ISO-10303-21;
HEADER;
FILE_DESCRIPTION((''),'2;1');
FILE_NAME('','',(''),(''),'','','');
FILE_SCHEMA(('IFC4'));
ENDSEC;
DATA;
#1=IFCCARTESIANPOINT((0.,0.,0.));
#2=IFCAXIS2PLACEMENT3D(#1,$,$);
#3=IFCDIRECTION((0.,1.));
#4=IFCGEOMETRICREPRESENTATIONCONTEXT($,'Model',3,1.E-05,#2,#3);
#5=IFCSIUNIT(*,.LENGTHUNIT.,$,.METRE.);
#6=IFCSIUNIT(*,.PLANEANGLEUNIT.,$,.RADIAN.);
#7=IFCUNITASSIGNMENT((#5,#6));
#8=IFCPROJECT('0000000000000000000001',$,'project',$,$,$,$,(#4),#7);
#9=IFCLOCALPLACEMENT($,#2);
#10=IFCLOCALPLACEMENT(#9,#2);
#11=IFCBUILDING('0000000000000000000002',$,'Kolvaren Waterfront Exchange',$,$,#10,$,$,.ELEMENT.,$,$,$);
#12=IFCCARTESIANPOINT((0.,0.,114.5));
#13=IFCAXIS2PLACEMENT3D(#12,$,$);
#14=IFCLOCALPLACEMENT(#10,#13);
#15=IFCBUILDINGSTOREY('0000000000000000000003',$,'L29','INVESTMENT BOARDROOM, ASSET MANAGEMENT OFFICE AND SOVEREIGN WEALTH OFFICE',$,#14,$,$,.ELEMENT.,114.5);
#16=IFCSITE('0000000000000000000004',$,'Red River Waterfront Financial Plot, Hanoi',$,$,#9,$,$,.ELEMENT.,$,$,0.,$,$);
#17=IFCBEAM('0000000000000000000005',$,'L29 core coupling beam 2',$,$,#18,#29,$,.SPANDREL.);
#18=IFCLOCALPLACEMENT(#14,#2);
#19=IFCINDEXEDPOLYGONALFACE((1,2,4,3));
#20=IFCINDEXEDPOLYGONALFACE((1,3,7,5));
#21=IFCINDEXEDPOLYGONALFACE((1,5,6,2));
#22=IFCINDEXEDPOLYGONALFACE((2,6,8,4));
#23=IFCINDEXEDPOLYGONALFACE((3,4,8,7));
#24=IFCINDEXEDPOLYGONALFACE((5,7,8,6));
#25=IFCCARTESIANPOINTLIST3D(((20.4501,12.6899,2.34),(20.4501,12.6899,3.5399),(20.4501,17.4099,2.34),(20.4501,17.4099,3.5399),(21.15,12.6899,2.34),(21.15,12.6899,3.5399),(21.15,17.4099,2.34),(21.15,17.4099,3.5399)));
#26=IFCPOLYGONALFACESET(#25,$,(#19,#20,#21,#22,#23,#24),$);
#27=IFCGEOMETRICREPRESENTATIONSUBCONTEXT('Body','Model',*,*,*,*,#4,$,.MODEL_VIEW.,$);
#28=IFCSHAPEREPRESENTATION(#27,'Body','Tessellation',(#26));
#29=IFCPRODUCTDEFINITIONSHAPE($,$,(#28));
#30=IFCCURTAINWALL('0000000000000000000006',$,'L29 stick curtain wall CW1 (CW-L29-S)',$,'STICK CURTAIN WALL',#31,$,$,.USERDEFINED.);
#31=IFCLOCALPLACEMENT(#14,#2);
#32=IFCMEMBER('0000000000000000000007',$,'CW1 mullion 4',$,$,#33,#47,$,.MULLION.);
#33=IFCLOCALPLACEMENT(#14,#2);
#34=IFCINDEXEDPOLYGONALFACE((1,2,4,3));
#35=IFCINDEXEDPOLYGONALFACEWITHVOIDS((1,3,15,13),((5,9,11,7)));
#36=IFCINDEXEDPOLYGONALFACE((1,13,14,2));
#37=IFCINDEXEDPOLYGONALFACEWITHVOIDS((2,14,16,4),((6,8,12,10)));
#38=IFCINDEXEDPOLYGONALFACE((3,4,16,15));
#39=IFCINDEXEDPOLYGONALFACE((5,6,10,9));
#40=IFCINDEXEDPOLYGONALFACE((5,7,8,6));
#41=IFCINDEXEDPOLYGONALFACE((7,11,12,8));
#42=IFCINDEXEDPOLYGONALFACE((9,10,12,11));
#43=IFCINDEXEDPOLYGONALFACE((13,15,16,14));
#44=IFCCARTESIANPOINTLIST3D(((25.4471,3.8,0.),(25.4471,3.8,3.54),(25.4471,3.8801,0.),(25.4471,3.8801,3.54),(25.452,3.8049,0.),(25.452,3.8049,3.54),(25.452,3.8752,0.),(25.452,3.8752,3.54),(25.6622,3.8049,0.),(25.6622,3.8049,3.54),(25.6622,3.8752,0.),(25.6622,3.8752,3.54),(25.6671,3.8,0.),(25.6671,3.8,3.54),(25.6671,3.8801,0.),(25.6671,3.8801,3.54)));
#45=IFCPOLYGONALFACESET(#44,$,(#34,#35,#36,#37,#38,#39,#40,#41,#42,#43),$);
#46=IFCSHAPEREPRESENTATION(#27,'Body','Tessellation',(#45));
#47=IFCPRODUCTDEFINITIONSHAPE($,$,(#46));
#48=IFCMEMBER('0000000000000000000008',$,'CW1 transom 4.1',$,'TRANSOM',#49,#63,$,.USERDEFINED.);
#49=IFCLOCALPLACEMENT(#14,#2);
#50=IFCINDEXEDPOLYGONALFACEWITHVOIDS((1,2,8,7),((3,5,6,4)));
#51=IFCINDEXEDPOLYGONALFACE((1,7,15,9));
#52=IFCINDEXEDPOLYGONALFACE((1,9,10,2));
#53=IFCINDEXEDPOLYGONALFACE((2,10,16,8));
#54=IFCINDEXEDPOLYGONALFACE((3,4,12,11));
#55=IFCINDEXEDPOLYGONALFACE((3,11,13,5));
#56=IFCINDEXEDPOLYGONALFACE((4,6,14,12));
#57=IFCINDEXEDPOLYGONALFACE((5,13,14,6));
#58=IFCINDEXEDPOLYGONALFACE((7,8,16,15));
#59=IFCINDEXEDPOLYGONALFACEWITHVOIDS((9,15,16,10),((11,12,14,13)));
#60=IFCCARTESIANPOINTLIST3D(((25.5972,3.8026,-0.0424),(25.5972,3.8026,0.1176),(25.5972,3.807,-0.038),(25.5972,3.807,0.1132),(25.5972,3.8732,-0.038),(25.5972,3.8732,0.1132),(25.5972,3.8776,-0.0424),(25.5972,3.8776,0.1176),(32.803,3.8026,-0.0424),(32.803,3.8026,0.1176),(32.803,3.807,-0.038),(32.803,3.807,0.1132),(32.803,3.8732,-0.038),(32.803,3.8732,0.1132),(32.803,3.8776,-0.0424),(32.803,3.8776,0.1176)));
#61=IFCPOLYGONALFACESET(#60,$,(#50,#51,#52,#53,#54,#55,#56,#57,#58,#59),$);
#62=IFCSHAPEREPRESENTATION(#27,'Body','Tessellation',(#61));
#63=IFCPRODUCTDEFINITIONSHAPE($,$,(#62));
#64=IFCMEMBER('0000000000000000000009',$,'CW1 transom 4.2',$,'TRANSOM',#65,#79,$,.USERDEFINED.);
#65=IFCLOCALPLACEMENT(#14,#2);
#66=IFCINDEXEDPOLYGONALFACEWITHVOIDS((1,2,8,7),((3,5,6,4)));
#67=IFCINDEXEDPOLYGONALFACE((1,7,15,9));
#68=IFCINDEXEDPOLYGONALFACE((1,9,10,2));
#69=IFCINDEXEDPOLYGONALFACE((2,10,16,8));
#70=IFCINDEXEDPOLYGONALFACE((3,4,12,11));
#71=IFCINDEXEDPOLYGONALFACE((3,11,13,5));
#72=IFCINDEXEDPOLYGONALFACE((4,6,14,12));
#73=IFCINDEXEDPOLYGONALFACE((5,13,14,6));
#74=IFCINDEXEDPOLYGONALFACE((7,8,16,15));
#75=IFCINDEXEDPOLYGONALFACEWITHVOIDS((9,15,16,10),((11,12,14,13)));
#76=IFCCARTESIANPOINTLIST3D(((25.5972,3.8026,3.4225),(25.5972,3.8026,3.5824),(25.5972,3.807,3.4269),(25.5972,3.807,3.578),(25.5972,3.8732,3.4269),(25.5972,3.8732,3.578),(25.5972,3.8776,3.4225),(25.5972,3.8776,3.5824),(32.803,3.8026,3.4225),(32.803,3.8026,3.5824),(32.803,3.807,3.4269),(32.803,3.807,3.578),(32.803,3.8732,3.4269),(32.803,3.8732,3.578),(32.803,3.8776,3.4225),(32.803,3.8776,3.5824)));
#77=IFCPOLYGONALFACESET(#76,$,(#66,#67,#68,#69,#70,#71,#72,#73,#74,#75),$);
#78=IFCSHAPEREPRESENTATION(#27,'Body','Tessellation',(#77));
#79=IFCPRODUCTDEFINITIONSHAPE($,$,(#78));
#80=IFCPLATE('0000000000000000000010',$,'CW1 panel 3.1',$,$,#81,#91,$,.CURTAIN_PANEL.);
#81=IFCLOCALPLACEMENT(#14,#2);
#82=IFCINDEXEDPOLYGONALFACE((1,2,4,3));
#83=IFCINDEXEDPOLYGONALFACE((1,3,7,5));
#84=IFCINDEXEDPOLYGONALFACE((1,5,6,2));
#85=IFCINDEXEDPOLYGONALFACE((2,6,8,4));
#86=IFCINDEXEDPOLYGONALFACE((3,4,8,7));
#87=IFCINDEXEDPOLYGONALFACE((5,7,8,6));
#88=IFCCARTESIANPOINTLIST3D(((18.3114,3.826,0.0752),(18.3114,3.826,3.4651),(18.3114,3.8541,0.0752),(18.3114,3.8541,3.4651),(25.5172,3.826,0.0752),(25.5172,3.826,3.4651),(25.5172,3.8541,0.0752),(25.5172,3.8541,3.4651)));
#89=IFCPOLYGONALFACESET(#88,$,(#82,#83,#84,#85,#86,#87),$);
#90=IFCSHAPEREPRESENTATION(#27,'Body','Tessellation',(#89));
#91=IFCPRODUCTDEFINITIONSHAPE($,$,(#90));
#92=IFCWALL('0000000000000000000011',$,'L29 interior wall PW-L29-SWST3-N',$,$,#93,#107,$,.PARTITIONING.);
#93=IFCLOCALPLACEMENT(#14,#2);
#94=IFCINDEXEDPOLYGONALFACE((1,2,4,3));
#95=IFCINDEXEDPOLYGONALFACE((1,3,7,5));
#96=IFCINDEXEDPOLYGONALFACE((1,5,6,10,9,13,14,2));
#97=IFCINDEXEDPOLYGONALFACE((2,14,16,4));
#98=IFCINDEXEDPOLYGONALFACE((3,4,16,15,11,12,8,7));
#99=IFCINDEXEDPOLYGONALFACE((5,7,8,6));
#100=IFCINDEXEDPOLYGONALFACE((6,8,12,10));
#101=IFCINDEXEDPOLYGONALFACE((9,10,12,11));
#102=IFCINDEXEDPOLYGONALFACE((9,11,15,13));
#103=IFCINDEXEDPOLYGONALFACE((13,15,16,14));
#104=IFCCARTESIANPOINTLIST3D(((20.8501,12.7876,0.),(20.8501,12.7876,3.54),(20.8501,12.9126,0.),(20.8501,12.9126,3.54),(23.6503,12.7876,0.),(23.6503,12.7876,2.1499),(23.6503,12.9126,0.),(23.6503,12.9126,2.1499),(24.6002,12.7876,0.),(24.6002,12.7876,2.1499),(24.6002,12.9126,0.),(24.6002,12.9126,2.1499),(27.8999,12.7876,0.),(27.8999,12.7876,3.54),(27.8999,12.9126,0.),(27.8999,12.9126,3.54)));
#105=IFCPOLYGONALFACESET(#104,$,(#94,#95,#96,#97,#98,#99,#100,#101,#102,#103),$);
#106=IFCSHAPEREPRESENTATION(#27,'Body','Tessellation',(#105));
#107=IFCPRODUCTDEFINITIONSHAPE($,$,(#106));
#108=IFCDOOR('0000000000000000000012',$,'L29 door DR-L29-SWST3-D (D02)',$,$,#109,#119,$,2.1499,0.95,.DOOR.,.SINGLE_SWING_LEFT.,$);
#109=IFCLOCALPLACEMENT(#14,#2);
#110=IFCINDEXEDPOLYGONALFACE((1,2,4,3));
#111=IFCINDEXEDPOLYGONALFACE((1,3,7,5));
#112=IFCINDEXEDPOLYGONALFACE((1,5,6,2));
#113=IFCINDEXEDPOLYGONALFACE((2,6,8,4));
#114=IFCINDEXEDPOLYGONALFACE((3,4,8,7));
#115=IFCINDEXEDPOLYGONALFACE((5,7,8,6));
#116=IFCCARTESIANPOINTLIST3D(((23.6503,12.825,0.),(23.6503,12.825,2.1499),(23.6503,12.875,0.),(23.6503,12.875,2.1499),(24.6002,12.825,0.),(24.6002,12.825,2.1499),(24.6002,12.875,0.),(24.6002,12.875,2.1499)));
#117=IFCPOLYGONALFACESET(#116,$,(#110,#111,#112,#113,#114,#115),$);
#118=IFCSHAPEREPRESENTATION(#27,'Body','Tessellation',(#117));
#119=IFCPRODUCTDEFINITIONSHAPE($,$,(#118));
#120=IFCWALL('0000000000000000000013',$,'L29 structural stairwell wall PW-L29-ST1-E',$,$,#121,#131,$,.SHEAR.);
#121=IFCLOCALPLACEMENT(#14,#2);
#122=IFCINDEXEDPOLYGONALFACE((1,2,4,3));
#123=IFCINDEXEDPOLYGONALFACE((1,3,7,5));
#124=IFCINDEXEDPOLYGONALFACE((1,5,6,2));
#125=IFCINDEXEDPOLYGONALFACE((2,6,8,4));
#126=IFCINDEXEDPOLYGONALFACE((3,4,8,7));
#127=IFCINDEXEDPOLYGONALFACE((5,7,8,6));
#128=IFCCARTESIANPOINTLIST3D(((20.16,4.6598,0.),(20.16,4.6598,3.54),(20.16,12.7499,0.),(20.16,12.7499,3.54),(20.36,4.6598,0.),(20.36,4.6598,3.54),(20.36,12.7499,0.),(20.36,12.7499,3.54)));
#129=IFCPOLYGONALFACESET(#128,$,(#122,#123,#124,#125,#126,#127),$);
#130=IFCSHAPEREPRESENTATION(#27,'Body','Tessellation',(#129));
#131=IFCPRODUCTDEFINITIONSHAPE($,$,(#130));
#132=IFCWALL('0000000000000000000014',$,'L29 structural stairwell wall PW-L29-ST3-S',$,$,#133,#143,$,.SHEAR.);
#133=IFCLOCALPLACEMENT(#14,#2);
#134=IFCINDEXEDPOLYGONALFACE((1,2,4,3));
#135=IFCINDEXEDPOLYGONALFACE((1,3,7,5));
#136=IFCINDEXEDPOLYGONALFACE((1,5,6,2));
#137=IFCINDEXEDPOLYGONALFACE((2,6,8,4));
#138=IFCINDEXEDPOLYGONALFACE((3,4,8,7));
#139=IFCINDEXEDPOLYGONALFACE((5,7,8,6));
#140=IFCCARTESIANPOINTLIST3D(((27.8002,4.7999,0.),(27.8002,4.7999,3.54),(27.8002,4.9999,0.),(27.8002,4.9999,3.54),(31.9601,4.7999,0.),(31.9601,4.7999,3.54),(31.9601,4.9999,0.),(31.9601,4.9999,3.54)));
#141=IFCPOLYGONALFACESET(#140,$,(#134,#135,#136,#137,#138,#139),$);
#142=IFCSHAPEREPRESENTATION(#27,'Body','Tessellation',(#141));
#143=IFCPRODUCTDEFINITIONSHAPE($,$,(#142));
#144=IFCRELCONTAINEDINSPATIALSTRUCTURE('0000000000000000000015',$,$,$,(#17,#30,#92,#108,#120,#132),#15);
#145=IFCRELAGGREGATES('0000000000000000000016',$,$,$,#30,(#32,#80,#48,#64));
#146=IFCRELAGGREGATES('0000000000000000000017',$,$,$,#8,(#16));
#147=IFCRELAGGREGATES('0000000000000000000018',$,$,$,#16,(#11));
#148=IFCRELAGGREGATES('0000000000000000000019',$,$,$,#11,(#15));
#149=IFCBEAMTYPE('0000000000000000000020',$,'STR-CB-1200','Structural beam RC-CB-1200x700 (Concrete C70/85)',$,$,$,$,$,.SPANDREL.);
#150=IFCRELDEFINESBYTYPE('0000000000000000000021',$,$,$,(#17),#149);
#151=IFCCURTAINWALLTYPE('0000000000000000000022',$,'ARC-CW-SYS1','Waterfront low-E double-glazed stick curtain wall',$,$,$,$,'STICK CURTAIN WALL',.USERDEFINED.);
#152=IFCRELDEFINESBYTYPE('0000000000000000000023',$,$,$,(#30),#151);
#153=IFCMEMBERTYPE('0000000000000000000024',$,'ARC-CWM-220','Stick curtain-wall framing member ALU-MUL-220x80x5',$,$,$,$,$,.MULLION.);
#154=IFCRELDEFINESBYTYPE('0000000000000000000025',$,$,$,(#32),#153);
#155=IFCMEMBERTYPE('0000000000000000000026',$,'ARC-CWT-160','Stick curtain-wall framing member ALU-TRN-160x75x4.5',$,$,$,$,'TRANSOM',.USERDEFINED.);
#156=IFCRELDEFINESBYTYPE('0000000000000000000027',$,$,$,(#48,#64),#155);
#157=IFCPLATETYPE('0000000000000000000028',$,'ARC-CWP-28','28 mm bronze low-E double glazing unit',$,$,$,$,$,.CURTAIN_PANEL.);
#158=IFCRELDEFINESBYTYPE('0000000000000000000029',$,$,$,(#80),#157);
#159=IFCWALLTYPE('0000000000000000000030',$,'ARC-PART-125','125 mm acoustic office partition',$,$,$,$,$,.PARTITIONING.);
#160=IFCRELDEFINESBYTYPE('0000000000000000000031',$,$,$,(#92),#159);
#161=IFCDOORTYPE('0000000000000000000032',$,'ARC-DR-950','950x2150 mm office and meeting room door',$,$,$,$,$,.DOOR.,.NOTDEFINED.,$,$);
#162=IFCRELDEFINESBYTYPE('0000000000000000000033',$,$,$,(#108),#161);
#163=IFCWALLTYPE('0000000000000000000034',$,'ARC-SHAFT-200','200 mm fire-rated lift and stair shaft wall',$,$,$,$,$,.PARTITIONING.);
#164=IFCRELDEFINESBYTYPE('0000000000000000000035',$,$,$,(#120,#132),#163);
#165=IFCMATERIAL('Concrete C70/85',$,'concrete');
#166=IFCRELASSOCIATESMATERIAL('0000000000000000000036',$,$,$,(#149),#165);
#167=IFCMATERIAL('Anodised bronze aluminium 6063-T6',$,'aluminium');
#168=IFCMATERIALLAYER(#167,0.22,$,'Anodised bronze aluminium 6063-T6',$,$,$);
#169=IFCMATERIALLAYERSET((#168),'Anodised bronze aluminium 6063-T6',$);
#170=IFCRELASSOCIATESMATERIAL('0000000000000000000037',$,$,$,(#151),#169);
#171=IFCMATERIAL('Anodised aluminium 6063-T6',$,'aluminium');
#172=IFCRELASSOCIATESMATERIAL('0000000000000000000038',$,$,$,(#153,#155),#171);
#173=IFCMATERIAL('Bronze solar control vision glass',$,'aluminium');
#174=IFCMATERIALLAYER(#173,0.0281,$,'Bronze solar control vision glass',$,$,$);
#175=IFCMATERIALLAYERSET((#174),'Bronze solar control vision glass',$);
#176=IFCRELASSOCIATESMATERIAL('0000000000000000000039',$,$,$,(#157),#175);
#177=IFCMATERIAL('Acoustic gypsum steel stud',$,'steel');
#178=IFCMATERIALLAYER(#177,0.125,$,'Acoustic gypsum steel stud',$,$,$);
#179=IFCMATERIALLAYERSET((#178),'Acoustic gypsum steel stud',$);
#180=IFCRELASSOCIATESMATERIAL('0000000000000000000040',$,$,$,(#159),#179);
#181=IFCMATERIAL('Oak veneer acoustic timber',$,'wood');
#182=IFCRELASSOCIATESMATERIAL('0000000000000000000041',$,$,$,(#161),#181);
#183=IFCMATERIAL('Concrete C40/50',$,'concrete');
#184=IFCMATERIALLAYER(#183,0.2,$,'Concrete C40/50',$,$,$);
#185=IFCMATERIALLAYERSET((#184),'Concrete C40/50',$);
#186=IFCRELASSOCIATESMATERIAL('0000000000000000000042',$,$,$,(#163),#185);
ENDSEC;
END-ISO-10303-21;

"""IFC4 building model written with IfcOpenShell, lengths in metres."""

from ifc_helpers import new_model, si_unit, direction, frame, frame_2d, origin, origin_with_axes, origin_2d, place, context, subcontext, project, spatial, rectangle, hollow_rectangle, extrude, source, transform, mapped, material, layer, layer_set, material_profile, profile_set, type_object, element, fill, aggregate, save


model = new_model("IFC4")

# Units and contexts
model_context = context("Model", 3, precision=1e-05, world=origin(), true_north=direction((0.0, 1.0)))
body_context = subcontext(model_context, "Body", "Model", "MODEL_VIEW")
ifc_project = project(units=[si_unit("LENGTHUNIT", "METRE"), si_unit("PLANEANGLEUNIT", "RADIAN")], contexts=[model_context])

# Site, building, storey
site_placement = place(None, origin())
site = spatial("IfcSite", under=ifc_project, at=site_placement, Name="Red River Waterfront Financial Plot, Hanoi", CompositionType="ELEMENT", RefElevation=0.0)
building_placement = place(site_placement, origin())
building = spatial("IfcBuilding", under=site, at=building_placement, Name="Kolvaren Waterfront Exchange", CompositionType="ELEMENT")
storey_placement = place(building_placement, frame((0.0, 0.0, 114.5)))
storey = spatial("IfcBuildingStorey", under=building, at=storey_placement, Name="L29", Description="INVESTMENT BOARDROOM, ASSET MANAGEMENT OFFICE AND SOVEREIGN WEALTH OFFICE", CompositionType="ELEMENT", Elevation=114.5)

# Beam
ifc_material_1 = material(Name="Concrete C70/85", Category="concrete")
ifc_material_profile_1 = material_profile(ifc_material_1, rectangle(XDim=0.7, YDim=1.2, at=origin_2d()), Name="RC-CB-1200x700")
ifc_profile_set_1 = profile_set([ifc_material_profile_1], Name="Concrete C70/85")
beam_type_1 = type_object("IfcBeamType", Name="STR-CB-1200", Description="Structural beam RC-CB-1200x700 (Concrete C70/85)", PredefinedType="SPANDREL", material=ifc_profile_set_1)
beam_1_placement = place(storey_placement, frame((20.8, 12.6899, 2.9399), z_axis=(0.0, 1.0, 0.0), x_axis=(-1.0, 0.0, 0.0)))
element("IfcBeam", 1, at=beam_1_placement, inside=storey, type_object=beam_type_1, Name="L29 core coupling beam 2", PredefinedType="SPANDREL", context=body_context, shape_type="SweptSolid", body=[
    extrude(rectangle(XDim=0.7, YDim=1.2, at=origin_2d()), origin(), (0.0, 0.0, 1.0), 4.72),
])

# Curtain wall, members, plate
ifc_material_2 = material(Name="Anodised bronze aluminium 6063-T6", Category="aluminium")
ifc_layer_1 = layer(ifc_material_2, 0.22, Name="Anodised bronze aluminium 6063-T6")
ifc_layer_set_1 = layer_set([ifc_layer_1], Name="Anodised bronze aluminium 6063-T6")
curtain_wall_type = type_object("IfcCurtainWallType", Name="ARC-CW-SYS1", Description="Waterfront low-E double-glazed stick curtain wall", ElementType="STICK CURTAIN WALL", PredefinedType="USERDEFINED", material=ifc_layer_set_1)
curtain_wall_placement = place(storey_placement, origin())
curtain_wall = element("IfcCurtainWall", 2, at=curtain_wall_placement, inside=storey, type_object=curtain_wall_type, Name="L29 stick curtain wall CW1 (CW-L29-S)", ObjectType="STICK CURTAIN WALL", PredefinedType="USERDEFINED")
ifc_material_3 = material(Name="Anodised aluminium 6063-T6", Category="aluminium")
ifc_material_profile_2 = material_profile(ifc_material_3, hollow_rectangle(XDim=0.0801, YDim=0.22, WallThickness=0.0049, at=origin_2d()), Name="ALU-MUL-220x80x5")
ifc_profile_set_2 = profile_set([ifc_material_profile_2], Name="Anodised aluminium 6063-T6")
member_type_1 = type_object("IfcMemberType", Name="ARC-CWM-220", Description="Stick curtain-wall framing member ALU-MUL-220x80x5", PredefinedType="MULLION", material=ifc_profile_set_2)
shared_shape_1 = source(origin_with_axes(), body_context, "Body", "SweptSolid", [
    extrude(hollow_rectangle(XDim=0.0801, YDim=0.22, WallThickness=0.0049, at=origin_2d()), origin(), (0.0, 0.0, 1.0), 3.54),
])
member_1_placement = place(storey_placement, frame((25.5571, 3.8401, 0.0), z_axis=(0.0, 0.0, 1.0), x_axis=(0.0, 1.0, 0.0)))
member_1 = element("IfcMember", 3, at=member_1_placement, type_object=member_type_1, Name="CW1 mullion 4", PredefinedType="MULLION", context=body_context, shape_type="MappedRepresentation", body=[
    mapped(shared_shape_1, transform((0.0, 0.0, 0.0), x_axis=(1.0, 0.0, 0.0), y_axis=(0.0, 1.0, 0.0), z_axis=(0.0, 0.0, 1.0), scale=1.0)),
])
ifc_material_profile_3 = material_profile(ifc_material_3, hollow_rectangle(XDim=0.075, YDim=0.1599, WallThickness=0.0044, at=origin_2d()), Name="ALU-TRN-160x75x4.5")
ifc_profile_set_3 = profile_set([ifc_material_profile_3], Name="Anodised aluminium 6063-T6")
member_type_2 = type_object("IfcMemberType", Name="ARC-CWT-160", Description="Stick curtain-wall framing member ALU-TRN-160x75x4.5", ElementType="TRANSOM", PredefinedType="USERDEFINED", material=ifc_profile_set_3)
shared_shape_2 = source(origin_with_axes(), body_context, "Body", "SweptSolid", [
    extrude(hollow_rectangle(XDim=0.075, YDim=0.1599, WallThickness=0.0044, at=origin_2d()), origin(), (0.0, 0.0, 1.0), 7.2058),
])
member_2_placement = place(storey_placement, frame((25.5972, 3.8401, 0.0376), z_axis=(1.0, 0.0, 0.0), x_axis=(0.0, 1.0, 0.0)))
member_2 = element("IfcMember", 4, at=member_2_placement, type_object=member_type_2, Name="CW1 transom 4.1", ObjectType="TRANSOM", PredefinedType="USERDEFINED", context=body_context, shape_type="MappedRepresentation", body=[
    mapped(shared_shape_2, transform((0.0, 0.0, 0.0), x_axis=(1.0, 0.0, 0.0), y_axis=(0.0, 1.0, 0.0), z_axis=(0.0, 0.0, 1.0), scale=1.0)),
])
member_3_placement = place(storey_placement, frame((25.5972, 3.8401, 3.5024), z_axis=(1.0, 0.0, 0.0), x_axis=(0.0, 1.0, 0.0)))
member_3 = element("IfcMember", 5, at=member_3_placement, type_object=member_type_2, Name="CW1 transom 4.2", ObjectType="TRANSOM", PredefinedType="USERDEFINED", context=body_context, shape_type="MappedRepresentation", body=[
    mapped(shared_shape_2, transform((0.0, 0.0, 0.0), x_axis=(1.0, 0.0, 0.0), y_axis=(0.0, 1.0, 0.0), z_axis=(0.0, 0.0, 1.0), scale=1.0)),
])
ifc_material_4 = material(Name="Bronze solar control vision glass", Category="aluminium")
ifc_layer_2 = layer(ifc_material_4, 0.0281, Name="Bronze solar control vision glass")
ifc_layer_set_2 = layer_set([ifc_layer_2], Name="Bronze solar control vision glass")
plate_type = type_object("IfcPlateType", Name="ARC-CWP-28", Description="28 mm bronze low-E double glazing unit", PredefinedType="CURTAIN_PANEL", material=ifc_layer_set_2)
shared_shape_3 = source(origin_with_axes(), body_context, "Body", "SweptSolid", [
    extrude(rectangle(XDim=7.2058, YDim=0.0281, at=origin_2d()), origin(), (0.0, 0.0, 1.0), 3.3899),
])
plate_placement = place(storey_placement, frame((21.9143, 3.8401, 0.0752), z_axis=(0.0, 0.0, 1.0), x_axis=(1.0, 0.0, 0.0)))
plate = element("IfcPlate", 6, at=plate_placement, type_object=plate_type, Name="CW1 panel 3.1", PredefinedType="CURTAIN_PANEL", context=body_context, shape_type="MappedRepresentation", body=[
    mapped(shared_shape_3, transform((0.0, 0.0, 0.0), x_axis=(1.0, 0.0, 0.0), y_axis=(0.0, 1.0, 0.0), z_axis=(0.0, 0.0, 1.0), scale=1.0)),
])
aggregate(curtain_wall, [member_1, plate, member_2, member_3])

# Wall, opening, door
ifc_material_5 = material(Name="Acoustic gypsum steel stud", Category="steel")
ifc_layer_3 = layer(ifc_material_5, 0.125, Name="Acoustic gypsum steel stud")
ifc_layer_set_3 = layer_set([ifc_layer_3], Name="Acoustic gypsum steel stud")
wall_type_1 = type_object("IfcWallType", Name="ARC-PART-125", Description="125 mm acoustic office partition", PredefinedType="PARTITIONING", material=ifc_layer_set_3)
wall_1_placement = place(storey_placement, frame((20.8501, 12.8501, 0.0), z_axis=(0.0, 0.0, 1.0), x_axis=(1.0, 0.0, 0.0)))
wall_1 = element("IfcWall", 7, at=wall_1_placement, inside=storey, type_object=wall_type_1, Name="L29 interior wall PW-L29-SWST3-N", PredefinedType="PARTITIONING", context=body_context, shape_type="SweptSolid", body=[
    extrude(rectangle(XDim=7.0498, YDim=0.125, at=frame_2d((3.5249, 0.0))), origin(), (0.0, 0.0, 1.0), 3.54),
])
opening_1_placement = place(wall_1_placement, frame((2.8, 0.0, 0.0)))
opening_1 = element("IfcOpeningElement", 8, at=opening_1_placement, cuts=wall_1, PredefinedType="OPENING", context=body_context, shape_type="SweptSolid", body=[
    extrude(rectangle(XDim=0.95, YDim=2.1499, at=frame_2d((0.4751, 1.075))), frame((0.0, 0.0725, 0.0), z_axis=(0.0, -1.0, 0.0), x_axis=(1.0, 0.0, 0.0)), (0.0, 0.0, 1.0), 0.145),
])
ifc_material_6 = material(Name="Oak veneer acoustic timber", Category="wood")
door_type_1 = type_object("IfcDoorType", Name="ARC-DR-950", Description="950x2150 mm office and meeting room door", OperationType="NOTDEFINED", PredefinedType="DOOR", material=ifc_material_6)
door_1_placement = place(opening_1_placement, origin())
door_1 = element("IfcDoor", 9, at=door_1_placement, inside=storey, type_object=door_type_1, Name="L29 door DR-L29-SWST3-D (D02)", OperationType="SINGLE_SWING_LEFT", OverallHeight=2.1499, OverallWidth=0.95, PredefinedType="DOOR", context=body_context, shape_type="SweptSolid", body=[
    extrude(rectangle(XDim=0.95, YDim=2.1499, at=frame_2d((0.4751, 1.075))), frame((0.0, 0.0249, 0.0), z_axis=(0.0, -1.0, 0.0), x_axis=(1.0, 0.0, 0.0)), (0.0, 0.0, 1.0), 0.05),
])
fill(opening_1, door_1)

# Walls
ifc_material_7 = material(Name="Concrete C40/50", Category="concrete")
ifc_layer_4 = layer(ifc_material_7, 0.2, Name="Concrete C40/50")
ifc_layer_set_4 = layer_set([ifc_layer_4], Name="Concrete C40/50")
wall_type_2 = type_object("IfcWallType", Name="ARC-SHAFT-200", Description="200 mm fire-rated lift and stair shaft wall", PredefinedType="PARTITIONING", material=ifc_layer_set_4)
wall_2_placement = place(storey_placement, frame((20.26, 4.6599, 0.0), z_axis=(0.0, 0.0, 1.0), x_axis=(0.0, 1.0, 0.0)))
element("IfcWall", 10, at=wall_2_placement, inside=storey, type_object=wall_type_2, Name="L29 structural stairwell wall PW-L29-ST1-E", PredefinedType="SHEAR", context=body_context, shape_type="SweptSolid", body=[
    extrude(rectangle(XDim=8.0901, YDim=0.2, at=frame_2d((4.0449, 0.0))), origin(), (0.0, 0.0, 1.0), 3.54),
])
wall_3_placement = place(storey_placement, frame((27.8, 4.8999, 0.0), z_axis=(0.0, 0.0, 1.0), x_axis=(1.0, 0.0, 0.0)))
element("IfcWall", 11, at=wall_3_placement, inside=storey, type_object=wall_type_2, Name="L29 structural stairwell wall PW-L29-ST3-S", PredefinedType="SHEAR", context=body_context, shape_type="SweptSolid", body=[
    extrude(rectangle(XDim=4.1599, YDim=0.2, at=frame_2d((2.0801, 0.0))), origin(), (0.0, 0.0, 1.0), 3.54),
])

save(model, "model.ifc")
